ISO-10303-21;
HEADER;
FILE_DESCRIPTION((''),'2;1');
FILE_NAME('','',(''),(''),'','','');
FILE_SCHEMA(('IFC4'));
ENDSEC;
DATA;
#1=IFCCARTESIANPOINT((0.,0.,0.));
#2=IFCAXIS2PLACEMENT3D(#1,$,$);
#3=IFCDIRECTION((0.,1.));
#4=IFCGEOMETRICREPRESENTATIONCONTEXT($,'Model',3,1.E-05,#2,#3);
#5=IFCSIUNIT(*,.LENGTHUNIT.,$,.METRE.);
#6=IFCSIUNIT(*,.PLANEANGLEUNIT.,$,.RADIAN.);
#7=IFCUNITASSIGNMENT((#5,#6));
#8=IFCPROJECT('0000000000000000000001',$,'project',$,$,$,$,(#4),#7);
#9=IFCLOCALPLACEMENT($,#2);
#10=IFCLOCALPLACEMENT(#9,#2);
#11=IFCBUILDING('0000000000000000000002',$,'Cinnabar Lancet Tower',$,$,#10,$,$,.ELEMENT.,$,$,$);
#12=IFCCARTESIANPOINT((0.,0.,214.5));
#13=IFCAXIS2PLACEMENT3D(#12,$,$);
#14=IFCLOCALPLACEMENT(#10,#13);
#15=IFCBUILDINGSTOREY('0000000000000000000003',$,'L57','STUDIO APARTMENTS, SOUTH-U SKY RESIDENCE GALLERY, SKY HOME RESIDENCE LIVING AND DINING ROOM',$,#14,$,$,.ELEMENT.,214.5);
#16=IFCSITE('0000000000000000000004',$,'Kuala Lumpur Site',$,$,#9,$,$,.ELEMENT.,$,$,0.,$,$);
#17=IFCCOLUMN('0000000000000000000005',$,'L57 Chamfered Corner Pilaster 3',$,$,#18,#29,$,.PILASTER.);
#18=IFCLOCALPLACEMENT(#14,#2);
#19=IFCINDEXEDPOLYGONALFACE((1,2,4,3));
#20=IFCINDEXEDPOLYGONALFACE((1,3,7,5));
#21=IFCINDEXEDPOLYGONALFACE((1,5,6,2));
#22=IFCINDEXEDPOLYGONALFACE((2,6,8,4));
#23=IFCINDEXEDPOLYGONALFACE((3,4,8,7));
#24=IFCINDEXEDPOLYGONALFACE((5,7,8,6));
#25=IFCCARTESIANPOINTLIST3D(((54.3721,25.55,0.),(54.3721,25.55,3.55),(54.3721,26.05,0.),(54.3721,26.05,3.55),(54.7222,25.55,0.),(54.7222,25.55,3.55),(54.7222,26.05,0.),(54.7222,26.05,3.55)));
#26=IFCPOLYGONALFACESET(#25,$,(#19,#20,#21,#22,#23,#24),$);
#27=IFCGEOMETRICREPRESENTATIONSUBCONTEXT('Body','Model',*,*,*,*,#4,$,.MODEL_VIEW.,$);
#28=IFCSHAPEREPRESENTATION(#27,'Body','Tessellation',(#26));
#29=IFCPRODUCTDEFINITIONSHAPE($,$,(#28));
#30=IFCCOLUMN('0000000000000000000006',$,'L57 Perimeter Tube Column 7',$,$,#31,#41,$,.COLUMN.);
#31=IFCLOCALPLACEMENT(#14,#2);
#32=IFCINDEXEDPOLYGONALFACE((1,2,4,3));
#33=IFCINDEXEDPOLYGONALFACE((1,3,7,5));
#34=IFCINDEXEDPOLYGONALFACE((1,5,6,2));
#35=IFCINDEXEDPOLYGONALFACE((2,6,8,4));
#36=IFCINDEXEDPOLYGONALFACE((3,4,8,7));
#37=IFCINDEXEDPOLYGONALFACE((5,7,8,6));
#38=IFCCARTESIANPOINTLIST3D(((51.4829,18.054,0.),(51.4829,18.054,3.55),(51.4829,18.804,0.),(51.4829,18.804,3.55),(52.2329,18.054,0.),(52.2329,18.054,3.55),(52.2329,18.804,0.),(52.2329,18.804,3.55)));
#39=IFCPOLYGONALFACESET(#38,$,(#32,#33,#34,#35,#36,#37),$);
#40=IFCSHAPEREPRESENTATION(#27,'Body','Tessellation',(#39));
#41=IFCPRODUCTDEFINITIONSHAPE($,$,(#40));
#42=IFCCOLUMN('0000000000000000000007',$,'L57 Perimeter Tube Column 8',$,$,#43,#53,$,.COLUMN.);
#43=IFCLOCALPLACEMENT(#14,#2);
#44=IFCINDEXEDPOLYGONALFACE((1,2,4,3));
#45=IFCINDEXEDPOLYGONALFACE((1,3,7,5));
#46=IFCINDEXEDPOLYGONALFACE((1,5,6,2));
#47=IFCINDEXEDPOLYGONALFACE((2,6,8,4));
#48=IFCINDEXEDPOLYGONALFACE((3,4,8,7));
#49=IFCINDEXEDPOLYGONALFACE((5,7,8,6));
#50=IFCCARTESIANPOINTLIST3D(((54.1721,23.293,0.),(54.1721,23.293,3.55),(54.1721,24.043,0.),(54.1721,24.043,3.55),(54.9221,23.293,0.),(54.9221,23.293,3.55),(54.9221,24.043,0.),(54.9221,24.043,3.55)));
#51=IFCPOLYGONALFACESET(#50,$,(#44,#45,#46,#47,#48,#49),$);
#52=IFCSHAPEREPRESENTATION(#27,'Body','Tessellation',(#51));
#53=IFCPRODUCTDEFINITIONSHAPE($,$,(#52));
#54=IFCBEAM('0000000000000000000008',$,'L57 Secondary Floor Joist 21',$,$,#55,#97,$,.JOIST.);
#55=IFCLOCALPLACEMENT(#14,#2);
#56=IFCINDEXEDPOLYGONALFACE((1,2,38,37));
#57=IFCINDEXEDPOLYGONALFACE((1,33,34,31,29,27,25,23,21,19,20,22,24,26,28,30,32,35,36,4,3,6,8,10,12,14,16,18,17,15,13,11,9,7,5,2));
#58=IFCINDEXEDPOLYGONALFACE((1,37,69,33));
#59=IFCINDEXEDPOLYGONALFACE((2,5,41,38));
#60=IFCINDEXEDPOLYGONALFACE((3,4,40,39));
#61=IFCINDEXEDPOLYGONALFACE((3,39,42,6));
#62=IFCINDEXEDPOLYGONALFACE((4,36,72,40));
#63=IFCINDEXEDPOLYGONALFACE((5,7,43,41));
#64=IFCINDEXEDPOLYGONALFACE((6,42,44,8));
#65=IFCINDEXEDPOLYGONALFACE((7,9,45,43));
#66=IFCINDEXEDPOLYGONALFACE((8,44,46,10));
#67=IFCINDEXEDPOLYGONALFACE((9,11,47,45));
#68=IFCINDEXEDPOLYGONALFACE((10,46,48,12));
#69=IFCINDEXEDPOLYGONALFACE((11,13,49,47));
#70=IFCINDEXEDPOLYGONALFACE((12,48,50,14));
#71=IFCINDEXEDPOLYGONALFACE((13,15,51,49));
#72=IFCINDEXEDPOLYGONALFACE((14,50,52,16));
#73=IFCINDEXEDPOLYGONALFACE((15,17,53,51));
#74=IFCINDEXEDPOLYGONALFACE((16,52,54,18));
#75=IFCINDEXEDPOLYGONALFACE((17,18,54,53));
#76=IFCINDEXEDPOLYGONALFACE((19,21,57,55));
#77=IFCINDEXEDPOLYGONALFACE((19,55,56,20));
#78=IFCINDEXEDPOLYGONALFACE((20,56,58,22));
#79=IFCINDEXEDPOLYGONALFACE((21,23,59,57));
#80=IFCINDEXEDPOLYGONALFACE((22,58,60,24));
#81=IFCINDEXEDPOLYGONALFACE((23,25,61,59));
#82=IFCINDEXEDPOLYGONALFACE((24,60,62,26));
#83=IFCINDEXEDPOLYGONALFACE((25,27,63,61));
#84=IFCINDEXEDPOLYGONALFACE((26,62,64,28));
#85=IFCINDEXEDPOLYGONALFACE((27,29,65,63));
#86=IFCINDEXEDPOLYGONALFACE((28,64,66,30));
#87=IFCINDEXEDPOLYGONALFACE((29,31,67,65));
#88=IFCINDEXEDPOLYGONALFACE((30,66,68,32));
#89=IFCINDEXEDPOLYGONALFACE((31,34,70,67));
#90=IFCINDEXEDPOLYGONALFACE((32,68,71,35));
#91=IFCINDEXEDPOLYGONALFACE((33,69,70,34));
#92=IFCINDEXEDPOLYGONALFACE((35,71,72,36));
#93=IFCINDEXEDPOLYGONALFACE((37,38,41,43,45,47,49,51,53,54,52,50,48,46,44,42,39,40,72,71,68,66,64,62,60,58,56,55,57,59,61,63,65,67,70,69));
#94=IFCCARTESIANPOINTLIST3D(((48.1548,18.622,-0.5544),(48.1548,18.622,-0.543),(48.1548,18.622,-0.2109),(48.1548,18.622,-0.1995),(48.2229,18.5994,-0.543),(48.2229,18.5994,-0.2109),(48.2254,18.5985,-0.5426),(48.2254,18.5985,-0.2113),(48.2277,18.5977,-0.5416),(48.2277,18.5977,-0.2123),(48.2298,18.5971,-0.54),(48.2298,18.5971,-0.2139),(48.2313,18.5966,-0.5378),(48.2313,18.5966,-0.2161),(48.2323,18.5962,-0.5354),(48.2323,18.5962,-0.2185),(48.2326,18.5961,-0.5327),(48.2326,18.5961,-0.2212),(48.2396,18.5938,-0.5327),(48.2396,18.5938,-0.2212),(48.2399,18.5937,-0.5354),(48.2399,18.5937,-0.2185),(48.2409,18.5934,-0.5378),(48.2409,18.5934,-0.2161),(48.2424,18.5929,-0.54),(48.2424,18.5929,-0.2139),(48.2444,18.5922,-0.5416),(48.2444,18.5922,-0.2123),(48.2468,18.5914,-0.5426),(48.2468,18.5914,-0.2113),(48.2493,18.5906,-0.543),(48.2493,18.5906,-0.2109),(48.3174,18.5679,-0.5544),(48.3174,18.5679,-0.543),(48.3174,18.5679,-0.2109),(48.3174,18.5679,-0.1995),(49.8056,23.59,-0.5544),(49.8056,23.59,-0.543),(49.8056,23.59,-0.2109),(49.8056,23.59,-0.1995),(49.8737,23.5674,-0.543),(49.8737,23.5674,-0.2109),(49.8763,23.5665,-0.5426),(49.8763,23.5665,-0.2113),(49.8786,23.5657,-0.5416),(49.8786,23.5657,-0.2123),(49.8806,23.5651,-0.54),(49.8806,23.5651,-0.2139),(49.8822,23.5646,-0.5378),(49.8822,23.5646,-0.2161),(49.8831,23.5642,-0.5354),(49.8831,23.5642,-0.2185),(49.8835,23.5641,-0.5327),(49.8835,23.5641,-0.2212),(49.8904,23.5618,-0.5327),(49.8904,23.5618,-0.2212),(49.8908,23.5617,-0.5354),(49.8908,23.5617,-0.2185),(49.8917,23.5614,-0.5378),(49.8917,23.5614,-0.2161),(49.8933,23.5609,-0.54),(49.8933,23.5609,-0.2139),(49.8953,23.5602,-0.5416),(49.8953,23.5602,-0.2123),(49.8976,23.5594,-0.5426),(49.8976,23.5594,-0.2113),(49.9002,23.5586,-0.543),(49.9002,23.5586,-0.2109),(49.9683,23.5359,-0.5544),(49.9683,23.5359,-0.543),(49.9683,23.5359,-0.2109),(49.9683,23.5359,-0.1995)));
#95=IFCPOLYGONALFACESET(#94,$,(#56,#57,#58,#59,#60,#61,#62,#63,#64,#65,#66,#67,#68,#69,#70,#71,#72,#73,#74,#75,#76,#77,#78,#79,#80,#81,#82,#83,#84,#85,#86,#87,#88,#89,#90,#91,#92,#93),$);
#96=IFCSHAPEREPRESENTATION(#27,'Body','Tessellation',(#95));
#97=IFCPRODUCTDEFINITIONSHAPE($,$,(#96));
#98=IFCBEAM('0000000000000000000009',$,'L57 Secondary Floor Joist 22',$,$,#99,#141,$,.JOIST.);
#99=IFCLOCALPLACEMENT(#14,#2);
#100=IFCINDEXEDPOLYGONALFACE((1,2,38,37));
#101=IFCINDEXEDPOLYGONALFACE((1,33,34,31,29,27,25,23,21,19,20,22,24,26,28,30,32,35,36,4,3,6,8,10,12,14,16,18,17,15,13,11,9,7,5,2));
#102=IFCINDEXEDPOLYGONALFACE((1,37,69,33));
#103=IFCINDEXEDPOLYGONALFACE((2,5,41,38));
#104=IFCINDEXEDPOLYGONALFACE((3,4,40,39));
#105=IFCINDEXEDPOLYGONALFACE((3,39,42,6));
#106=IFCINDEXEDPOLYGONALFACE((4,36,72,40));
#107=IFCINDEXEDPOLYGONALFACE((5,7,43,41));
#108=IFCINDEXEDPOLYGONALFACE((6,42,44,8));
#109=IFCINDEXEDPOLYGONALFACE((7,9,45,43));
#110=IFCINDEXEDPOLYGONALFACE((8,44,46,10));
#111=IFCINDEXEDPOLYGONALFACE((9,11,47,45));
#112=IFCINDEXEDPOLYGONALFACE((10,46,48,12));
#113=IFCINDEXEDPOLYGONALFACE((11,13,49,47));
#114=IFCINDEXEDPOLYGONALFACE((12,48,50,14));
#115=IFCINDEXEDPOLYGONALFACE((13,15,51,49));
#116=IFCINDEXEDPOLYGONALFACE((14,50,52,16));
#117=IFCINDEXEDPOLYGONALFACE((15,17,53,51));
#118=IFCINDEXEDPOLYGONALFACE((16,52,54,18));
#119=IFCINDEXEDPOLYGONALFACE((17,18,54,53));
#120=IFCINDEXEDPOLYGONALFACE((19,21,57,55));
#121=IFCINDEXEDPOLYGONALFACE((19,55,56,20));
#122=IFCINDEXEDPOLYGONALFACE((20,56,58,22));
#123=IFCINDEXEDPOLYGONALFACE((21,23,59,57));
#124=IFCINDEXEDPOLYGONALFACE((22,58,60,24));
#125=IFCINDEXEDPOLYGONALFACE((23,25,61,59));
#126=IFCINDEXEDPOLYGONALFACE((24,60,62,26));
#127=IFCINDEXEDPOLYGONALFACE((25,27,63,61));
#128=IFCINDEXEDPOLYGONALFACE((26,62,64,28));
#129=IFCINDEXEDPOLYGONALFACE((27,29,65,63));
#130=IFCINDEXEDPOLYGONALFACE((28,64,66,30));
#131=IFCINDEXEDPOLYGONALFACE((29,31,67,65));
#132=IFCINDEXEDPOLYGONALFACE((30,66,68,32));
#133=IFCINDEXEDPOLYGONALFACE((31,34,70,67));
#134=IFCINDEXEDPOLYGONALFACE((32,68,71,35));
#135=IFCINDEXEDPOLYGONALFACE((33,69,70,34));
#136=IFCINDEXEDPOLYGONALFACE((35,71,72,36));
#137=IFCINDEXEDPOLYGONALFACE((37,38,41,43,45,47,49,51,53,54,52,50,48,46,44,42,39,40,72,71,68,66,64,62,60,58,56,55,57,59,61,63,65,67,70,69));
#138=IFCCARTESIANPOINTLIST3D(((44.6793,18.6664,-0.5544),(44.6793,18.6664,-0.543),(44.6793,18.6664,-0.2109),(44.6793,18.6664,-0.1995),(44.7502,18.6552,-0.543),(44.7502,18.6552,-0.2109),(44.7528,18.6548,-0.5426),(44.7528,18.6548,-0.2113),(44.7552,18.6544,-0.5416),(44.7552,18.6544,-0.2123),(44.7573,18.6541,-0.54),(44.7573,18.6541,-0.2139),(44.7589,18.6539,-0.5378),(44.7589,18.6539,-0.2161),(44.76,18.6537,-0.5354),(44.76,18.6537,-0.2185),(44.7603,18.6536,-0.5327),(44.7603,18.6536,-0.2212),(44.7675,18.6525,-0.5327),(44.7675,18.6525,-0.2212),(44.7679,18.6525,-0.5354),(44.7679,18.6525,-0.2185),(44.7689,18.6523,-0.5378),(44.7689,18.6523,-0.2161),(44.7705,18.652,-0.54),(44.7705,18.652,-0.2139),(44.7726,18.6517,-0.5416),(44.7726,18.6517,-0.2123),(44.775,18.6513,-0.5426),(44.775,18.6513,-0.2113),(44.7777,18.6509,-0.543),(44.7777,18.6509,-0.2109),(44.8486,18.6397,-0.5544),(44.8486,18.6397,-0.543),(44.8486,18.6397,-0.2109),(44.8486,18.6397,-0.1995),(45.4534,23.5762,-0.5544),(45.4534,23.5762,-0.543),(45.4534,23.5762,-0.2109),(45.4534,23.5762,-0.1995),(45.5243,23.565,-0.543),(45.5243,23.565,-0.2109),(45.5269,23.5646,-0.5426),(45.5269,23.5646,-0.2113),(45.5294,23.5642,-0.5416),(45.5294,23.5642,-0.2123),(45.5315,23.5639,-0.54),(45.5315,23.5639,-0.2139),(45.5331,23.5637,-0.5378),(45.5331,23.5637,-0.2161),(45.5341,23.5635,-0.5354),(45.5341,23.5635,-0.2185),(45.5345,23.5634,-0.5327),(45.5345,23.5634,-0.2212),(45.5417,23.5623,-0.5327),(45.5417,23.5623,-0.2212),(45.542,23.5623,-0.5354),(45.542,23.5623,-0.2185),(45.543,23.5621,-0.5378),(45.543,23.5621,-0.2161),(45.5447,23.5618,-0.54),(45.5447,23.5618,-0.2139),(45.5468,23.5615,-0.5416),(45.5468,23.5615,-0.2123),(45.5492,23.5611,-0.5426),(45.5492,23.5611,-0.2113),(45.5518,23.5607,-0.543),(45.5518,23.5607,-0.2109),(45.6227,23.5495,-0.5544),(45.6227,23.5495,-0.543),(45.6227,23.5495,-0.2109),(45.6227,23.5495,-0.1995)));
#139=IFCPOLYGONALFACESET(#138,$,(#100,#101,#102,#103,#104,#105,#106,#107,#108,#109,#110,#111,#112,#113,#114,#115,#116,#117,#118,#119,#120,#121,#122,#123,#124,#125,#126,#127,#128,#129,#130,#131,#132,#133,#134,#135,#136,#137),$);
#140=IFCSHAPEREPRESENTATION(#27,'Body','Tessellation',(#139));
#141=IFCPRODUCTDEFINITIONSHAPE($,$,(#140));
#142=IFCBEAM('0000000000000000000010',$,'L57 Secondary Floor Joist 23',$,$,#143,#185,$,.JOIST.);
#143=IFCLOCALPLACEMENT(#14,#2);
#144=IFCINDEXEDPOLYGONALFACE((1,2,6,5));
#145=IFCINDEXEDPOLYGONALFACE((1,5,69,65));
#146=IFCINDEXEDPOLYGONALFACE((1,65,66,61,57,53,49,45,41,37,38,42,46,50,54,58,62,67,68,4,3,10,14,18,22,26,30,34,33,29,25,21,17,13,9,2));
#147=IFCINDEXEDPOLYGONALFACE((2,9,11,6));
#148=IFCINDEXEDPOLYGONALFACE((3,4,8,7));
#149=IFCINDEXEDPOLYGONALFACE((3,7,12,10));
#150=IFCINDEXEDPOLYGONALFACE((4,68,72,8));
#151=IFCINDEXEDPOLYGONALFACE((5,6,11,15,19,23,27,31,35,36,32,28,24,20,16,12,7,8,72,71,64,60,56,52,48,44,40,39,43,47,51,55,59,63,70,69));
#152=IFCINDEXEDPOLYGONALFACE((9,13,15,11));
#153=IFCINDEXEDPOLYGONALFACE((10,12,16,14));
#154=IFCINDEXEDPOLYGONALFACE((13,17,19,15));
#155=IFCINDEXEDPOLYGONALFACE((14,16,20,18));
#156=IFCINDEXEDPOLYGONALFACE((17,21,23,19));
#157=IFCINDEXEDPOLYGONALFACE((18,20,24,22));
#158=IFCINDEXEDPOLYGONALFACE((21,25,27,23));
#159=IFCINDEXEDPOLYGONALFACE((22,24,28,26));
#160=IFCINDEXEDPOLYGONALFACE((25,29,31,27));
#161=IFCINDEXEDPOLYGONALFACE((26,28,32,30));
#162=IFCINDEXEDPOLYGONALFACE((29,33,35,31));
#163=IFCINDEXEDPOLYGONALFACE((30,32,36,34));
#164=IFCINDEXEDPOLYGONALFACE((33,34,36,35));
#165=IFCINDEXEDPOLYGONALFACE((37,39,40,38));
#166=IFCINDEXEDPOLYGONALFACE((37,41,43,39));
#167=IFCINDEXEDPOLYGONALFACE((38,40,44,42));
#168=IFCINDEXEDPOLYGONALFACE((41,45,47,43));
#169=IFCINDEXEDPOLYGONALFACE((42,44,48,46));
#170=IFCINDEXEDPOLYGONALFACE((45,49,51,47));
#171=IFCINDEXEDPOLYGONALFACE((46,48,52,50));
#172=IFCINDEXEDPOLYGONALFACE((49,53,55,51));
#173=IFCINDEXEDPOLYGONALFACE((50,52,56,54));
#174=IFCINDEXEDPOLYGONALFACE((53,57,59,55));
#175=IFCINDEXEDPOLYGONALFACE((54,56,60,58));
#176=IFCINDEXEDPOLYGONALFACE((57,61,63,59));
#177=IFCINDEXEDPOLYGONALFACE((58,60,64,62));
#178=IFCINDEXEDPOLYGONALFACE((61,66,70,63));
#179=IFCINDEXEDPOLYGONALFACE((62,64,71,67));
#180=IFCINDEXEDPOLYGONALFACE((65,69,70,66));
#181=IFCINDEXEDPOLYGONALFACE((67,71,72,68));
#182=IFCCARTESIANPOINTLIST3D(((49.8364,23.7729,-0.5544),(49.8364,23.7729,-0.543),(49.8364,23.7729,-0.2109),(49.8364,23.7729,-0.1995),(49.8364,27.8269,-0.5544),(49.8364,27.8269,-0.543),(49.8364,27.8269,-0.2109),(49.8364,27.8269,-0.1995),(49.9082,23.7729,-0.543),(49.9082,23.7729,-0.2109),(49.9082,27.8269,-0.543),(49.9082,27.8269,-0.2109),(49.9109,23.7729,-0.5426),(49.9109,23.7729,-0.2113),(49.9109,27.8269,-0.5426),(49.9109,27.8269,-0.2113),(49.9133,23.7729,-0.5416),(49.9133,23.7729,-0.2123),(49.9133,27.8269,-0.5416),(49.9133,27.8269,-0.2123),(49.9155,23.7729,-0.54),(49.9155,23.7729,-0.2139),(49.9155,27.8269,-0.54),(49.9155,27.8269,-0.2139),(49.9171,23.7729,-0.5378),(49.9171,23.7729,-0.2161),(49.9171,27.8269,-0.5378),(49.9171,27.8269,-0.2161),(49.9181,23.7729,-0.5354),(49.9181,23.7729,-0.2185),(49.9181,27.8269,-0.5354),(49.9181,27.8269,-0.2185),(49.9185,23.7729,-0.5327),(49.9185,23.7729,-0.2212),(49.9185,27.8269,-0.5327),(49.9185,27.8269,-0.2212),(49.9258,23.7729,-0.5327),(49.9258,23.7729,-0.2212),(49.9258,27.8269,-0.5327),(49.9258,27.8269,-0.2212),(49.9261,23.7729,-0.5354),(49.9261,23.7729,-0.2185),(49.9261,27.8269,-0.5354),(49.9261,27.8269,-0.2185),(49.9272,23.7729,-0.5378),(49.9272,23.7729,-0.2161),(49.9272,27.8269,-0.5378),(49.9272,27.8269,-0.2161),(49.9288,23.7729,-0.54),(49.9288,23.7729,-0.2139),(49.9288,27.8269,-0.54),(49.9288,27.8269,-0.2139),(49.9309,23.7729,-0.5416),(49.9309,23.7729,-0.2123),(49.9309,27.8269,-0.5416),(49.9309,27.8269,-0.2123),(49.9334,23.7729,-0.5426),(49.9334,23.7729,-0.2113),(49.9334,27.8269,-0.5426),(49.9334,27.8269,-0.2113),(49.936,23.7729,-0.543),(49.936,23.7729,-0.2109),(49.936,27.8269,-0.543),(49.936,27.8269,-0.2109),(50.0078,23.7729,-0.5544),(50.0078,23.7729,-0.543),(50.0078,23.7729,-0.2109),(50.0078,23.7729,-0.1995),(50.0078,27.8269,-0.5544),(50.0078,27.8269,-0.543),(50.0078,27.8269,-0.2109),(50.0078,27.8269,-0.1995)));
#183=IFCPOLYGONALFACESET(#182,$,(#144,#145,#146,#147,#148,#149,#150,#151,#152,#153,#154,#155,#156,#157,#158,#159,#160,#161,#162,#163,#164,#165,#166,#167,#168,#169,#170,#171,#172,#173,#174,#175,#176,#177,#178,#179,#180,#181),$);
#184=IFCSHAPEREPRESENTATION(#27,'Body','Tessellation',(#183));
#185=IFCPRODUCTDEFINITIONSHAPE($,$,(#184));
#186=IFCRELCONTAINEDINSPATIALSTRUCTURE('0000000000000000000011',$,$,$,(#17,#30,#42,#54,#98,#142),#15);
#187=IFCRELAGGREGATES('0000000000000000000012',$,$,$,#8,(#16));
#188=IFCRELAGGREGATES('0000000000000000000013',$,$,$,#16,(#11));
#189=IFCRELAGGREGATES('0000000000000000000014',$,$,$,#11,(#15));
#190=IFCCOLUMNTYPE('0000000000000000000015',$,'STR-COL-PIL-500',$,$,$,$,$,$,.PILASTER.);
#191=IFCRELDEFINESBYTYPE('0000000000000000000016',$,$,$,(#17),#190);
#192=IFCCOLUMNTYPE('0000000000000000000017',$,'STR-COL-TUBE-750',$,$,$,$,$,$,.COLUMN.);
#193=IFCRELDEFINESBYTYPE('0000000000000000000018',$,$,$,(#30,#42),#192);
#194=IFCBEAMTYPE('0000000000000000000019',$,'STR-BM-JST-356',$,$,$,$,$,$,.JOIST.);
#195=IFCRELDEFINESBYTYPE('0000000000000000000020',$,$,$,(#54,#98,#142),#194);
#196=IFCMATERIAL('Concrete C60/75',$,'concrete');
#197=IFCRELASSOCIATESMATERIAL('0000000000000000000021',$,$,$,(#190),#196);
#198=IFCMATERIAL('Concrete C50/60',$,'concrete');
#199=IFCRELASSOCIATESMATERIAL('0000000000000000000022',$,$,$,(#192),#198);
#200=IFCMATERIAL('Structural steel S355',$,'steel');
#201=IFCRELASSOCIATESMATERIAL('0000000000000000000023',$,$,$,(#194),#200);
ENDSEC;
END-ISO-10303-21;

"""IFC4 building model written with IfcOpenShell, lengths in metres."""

from ifc_helpers import new_model, si_unit, direction, frame, origin, origin_2d, place, context, subcontext, project, spatial, rectangle, i_section, extrude, material, material_profile, profile_set, type_object, element, save


model = new_model("IFC4")

# Units and contexts
model_context = context("Model", 3, precision=1e-05, world=origin(), true_north=direction((0.0, 1.0)))
body_context = subcontext(model_context, "Body", "Model", "MODEL_VIEW")
ifc_project = project(units=[si_unit("LENGTHUNIT", "METRE"), si_unit("PLANEANGLEUNIT", "RADIAN")], contexts=[model_context])

# Site, building, storey
site_placement = place(None, origin())
site = spatial("IfcSite", under=ifc_project, at=site_placement, Name="Kuala Lumpur Site", CompositionType="ELEMENT", RefElevation=0.0)
building_placement = place(site_placement, origin())
building = spatial("IfcBuilding", under=site, at=building_placement, Name="Cinnabar Lancet Tower", CompositionType="ELEMENT")
storey_placement = place(building_placement, frame((0.0, 0.0, 214.5)))
storey = spatial("IfcBuildingStorey", under=building, at=storey_placement, Name="L57", Description="STUDIO APARTMENTS, SOUTH-U SKY RESIDENCE GALLERY, SKY HOME RESIDENCE LIVING AND DINING ROOM", CompositionType="ELEMENT", Elevation=214.5)

# Columns
ifc_material_1 = material(Name="Concrete C60/75", Category="concrete")
ifc_material_profile_1 = material_profile(ifc_material_1, rectangle(XDim=0.5, YDim=0.3501, at=origin_2d()), Name="RC-PIL 500x350")
ifc_profile_set_1 = profile_set([ifc_material_profile_1], Name="Concrete C60/75")
column_type_1 = type_object("IfcColumnType", Name="STR-COL-PIL-500", PredefinedType="PILASTER", material=ifc_profile_set_1)
column_placement = place(storey_placement, frame((54.5471, 25.8, 0.0), z_axis=(0.0, 0.0, 1.0), x_axis=(0.0, 1.0, 0.0)))
element("IfcColumn", 1, at=column_placement, inside=storey, type_object=column_type_1, Name="L57 Chamfered Corner Pilaster 3", PredefinedType="PILASTER", context=body_context, shape_type="SweptSolid", body=[
    extrude(rectangle(XDim=0.5, YDim=0.3501, at=origin_2d()), origin(), (0.0, 0.0, 1.0), 3.55),
])
ifc_material_2 = material(Name="Concrete C50/60", Category="concrete")
ifc_material_profile_2 = material_profile(ifc_material_2, rectangle(XDim=0.75, YDim=0.75, at=origin_2d()), Name="RC-COL 750x750")
ifc_profile_set_2 = profile_set([ifc_material_profile_2], Name="Concrete C50/60")
column_type_2 = type_object("IfcColumnType", Name="STR-COL-TUBE-750", PredefinedType="COLUMN", material=ifc_profile_set_2)
for number, where, z_axis, x_axis, name in (
    (2, (51.8579, 18.429, 0.0), (0.0, 0.0, 1.0), (1.0, 0.0, 0.0), "L57 Perimeter Tube Column 7"),
    (3, (54.5471, 23.668, 0.0), (0.0, 0.0, 1.0), (1.0, 0.0, 0.0), "L57 Perimeter Tube Column 8"),
):
    element("IfcColumn", number, at=place(storey_placement, frame(where, z_axis=z_axis, x_axis=x_axis)), inside=storey, type_object=column_type_2, Name=name, PredefinedType="COLUMN", context=body_context, shape_type="SweptSolid", body=[
        extrude(rectangle(XDim=0.75, YDim=0.75, at=origin_2d()), origin(), (0.0, 0.0, 1.0), 3.55),
    ])

# Beams
ifc_material_3 = material(Name="Structural steel S355", Category="steel")
ifc_material_profile_3 = material_profile(ifc_material_3, i_section(OverallWidth=0.1714, OverallDepth=0.355, WebThickness=0.0073, FlangeThickness=0.0115, FilletRadius=0.0103, at=origin_2d()), Name="UKB 356x171x51")
ifc_profile_set_3 = profile_set([ifc_material_profile_3], Name="Structural steel S355")
beam_type_1 = type_object("IfcBeamType", Name="STR-BM-JST-356", PredefinedType="JOIST", material=ifc_profile_set_3)
beam_1_placement = place(storey_placement, frame((48.2361, 18.595, -0.377), z_axis=(0.315346, 0.948977, 0.0), x_axis=(-0.948977, 0.315346, 0.0)))
element("IfcBeam", 4, at=beam_1_placement, inside=storey, type_object=beam_type_1, Name="L57 Secondary Floor Joist 21", PredefinedType="JOIST", context=body_context, shape_type="SweptSolid", body=[
    extrude(i_section(OverallWidth=0.1714, OverallDepth=0.355, WebThickness=0.0073, FlangeThickness=0.0115, FilletRadius=0.0103, at=origin_2d()), origin(), (0.0, 0.0, 1.0), 5.2351),
])
beam_2_placement = place(storey_placement, frame((44.7639, 18.6531, -0.377), z_axis=(0.155751, 0.987796, 0.0), x_axis=(-0.987796, 0.155751, 0.0)))
element("IfcBeam", 5, at=beam_2_placement, inside=storey, type_object=beam_type_1, Name="L57 Secondary Floor Joist 22", PredefinedType="JOIST", context=body_context, shape_type="SweptSolid", body=[
    extrude(i_section(OverallWidth=0.1714, OverallDepth=0.355, WebThickness=0.0073, FlangeThickness=0.0115, FilletRadius=0.0103, at=origin_2d()), origin(), (0.0, 0.0, 1.0), 4.9705),
])
for number, where, z_axis, x_axis, name in (
    (6, (49.9221, 23.7729, -0.377), (0.0, 1.0, 0.0), (-1.0, 0.0, 0.0), "L57 Secondary Floor Joist 23"),
):
    element("IfcBeam", number, at=place(storey_placement, frame(where, z_axis=z_axis, x_axis=x_axis)), inside=storey, type_object=beam_type_1, Name=name, PredefinedType="JOIST", context=body_context, shape_type="SweptSolid", body=[
        extrude(i_section(OverallWidth=0.1714, OverallDepth=0.355, WebThickness=0.0073, FlangeThickness=0.0115, FilletRadius=0.0103, at=origin_2d()), origin(), (0.0, 0.0, 1.0), 4.054),
    ])

save(model, "model.ifc")
